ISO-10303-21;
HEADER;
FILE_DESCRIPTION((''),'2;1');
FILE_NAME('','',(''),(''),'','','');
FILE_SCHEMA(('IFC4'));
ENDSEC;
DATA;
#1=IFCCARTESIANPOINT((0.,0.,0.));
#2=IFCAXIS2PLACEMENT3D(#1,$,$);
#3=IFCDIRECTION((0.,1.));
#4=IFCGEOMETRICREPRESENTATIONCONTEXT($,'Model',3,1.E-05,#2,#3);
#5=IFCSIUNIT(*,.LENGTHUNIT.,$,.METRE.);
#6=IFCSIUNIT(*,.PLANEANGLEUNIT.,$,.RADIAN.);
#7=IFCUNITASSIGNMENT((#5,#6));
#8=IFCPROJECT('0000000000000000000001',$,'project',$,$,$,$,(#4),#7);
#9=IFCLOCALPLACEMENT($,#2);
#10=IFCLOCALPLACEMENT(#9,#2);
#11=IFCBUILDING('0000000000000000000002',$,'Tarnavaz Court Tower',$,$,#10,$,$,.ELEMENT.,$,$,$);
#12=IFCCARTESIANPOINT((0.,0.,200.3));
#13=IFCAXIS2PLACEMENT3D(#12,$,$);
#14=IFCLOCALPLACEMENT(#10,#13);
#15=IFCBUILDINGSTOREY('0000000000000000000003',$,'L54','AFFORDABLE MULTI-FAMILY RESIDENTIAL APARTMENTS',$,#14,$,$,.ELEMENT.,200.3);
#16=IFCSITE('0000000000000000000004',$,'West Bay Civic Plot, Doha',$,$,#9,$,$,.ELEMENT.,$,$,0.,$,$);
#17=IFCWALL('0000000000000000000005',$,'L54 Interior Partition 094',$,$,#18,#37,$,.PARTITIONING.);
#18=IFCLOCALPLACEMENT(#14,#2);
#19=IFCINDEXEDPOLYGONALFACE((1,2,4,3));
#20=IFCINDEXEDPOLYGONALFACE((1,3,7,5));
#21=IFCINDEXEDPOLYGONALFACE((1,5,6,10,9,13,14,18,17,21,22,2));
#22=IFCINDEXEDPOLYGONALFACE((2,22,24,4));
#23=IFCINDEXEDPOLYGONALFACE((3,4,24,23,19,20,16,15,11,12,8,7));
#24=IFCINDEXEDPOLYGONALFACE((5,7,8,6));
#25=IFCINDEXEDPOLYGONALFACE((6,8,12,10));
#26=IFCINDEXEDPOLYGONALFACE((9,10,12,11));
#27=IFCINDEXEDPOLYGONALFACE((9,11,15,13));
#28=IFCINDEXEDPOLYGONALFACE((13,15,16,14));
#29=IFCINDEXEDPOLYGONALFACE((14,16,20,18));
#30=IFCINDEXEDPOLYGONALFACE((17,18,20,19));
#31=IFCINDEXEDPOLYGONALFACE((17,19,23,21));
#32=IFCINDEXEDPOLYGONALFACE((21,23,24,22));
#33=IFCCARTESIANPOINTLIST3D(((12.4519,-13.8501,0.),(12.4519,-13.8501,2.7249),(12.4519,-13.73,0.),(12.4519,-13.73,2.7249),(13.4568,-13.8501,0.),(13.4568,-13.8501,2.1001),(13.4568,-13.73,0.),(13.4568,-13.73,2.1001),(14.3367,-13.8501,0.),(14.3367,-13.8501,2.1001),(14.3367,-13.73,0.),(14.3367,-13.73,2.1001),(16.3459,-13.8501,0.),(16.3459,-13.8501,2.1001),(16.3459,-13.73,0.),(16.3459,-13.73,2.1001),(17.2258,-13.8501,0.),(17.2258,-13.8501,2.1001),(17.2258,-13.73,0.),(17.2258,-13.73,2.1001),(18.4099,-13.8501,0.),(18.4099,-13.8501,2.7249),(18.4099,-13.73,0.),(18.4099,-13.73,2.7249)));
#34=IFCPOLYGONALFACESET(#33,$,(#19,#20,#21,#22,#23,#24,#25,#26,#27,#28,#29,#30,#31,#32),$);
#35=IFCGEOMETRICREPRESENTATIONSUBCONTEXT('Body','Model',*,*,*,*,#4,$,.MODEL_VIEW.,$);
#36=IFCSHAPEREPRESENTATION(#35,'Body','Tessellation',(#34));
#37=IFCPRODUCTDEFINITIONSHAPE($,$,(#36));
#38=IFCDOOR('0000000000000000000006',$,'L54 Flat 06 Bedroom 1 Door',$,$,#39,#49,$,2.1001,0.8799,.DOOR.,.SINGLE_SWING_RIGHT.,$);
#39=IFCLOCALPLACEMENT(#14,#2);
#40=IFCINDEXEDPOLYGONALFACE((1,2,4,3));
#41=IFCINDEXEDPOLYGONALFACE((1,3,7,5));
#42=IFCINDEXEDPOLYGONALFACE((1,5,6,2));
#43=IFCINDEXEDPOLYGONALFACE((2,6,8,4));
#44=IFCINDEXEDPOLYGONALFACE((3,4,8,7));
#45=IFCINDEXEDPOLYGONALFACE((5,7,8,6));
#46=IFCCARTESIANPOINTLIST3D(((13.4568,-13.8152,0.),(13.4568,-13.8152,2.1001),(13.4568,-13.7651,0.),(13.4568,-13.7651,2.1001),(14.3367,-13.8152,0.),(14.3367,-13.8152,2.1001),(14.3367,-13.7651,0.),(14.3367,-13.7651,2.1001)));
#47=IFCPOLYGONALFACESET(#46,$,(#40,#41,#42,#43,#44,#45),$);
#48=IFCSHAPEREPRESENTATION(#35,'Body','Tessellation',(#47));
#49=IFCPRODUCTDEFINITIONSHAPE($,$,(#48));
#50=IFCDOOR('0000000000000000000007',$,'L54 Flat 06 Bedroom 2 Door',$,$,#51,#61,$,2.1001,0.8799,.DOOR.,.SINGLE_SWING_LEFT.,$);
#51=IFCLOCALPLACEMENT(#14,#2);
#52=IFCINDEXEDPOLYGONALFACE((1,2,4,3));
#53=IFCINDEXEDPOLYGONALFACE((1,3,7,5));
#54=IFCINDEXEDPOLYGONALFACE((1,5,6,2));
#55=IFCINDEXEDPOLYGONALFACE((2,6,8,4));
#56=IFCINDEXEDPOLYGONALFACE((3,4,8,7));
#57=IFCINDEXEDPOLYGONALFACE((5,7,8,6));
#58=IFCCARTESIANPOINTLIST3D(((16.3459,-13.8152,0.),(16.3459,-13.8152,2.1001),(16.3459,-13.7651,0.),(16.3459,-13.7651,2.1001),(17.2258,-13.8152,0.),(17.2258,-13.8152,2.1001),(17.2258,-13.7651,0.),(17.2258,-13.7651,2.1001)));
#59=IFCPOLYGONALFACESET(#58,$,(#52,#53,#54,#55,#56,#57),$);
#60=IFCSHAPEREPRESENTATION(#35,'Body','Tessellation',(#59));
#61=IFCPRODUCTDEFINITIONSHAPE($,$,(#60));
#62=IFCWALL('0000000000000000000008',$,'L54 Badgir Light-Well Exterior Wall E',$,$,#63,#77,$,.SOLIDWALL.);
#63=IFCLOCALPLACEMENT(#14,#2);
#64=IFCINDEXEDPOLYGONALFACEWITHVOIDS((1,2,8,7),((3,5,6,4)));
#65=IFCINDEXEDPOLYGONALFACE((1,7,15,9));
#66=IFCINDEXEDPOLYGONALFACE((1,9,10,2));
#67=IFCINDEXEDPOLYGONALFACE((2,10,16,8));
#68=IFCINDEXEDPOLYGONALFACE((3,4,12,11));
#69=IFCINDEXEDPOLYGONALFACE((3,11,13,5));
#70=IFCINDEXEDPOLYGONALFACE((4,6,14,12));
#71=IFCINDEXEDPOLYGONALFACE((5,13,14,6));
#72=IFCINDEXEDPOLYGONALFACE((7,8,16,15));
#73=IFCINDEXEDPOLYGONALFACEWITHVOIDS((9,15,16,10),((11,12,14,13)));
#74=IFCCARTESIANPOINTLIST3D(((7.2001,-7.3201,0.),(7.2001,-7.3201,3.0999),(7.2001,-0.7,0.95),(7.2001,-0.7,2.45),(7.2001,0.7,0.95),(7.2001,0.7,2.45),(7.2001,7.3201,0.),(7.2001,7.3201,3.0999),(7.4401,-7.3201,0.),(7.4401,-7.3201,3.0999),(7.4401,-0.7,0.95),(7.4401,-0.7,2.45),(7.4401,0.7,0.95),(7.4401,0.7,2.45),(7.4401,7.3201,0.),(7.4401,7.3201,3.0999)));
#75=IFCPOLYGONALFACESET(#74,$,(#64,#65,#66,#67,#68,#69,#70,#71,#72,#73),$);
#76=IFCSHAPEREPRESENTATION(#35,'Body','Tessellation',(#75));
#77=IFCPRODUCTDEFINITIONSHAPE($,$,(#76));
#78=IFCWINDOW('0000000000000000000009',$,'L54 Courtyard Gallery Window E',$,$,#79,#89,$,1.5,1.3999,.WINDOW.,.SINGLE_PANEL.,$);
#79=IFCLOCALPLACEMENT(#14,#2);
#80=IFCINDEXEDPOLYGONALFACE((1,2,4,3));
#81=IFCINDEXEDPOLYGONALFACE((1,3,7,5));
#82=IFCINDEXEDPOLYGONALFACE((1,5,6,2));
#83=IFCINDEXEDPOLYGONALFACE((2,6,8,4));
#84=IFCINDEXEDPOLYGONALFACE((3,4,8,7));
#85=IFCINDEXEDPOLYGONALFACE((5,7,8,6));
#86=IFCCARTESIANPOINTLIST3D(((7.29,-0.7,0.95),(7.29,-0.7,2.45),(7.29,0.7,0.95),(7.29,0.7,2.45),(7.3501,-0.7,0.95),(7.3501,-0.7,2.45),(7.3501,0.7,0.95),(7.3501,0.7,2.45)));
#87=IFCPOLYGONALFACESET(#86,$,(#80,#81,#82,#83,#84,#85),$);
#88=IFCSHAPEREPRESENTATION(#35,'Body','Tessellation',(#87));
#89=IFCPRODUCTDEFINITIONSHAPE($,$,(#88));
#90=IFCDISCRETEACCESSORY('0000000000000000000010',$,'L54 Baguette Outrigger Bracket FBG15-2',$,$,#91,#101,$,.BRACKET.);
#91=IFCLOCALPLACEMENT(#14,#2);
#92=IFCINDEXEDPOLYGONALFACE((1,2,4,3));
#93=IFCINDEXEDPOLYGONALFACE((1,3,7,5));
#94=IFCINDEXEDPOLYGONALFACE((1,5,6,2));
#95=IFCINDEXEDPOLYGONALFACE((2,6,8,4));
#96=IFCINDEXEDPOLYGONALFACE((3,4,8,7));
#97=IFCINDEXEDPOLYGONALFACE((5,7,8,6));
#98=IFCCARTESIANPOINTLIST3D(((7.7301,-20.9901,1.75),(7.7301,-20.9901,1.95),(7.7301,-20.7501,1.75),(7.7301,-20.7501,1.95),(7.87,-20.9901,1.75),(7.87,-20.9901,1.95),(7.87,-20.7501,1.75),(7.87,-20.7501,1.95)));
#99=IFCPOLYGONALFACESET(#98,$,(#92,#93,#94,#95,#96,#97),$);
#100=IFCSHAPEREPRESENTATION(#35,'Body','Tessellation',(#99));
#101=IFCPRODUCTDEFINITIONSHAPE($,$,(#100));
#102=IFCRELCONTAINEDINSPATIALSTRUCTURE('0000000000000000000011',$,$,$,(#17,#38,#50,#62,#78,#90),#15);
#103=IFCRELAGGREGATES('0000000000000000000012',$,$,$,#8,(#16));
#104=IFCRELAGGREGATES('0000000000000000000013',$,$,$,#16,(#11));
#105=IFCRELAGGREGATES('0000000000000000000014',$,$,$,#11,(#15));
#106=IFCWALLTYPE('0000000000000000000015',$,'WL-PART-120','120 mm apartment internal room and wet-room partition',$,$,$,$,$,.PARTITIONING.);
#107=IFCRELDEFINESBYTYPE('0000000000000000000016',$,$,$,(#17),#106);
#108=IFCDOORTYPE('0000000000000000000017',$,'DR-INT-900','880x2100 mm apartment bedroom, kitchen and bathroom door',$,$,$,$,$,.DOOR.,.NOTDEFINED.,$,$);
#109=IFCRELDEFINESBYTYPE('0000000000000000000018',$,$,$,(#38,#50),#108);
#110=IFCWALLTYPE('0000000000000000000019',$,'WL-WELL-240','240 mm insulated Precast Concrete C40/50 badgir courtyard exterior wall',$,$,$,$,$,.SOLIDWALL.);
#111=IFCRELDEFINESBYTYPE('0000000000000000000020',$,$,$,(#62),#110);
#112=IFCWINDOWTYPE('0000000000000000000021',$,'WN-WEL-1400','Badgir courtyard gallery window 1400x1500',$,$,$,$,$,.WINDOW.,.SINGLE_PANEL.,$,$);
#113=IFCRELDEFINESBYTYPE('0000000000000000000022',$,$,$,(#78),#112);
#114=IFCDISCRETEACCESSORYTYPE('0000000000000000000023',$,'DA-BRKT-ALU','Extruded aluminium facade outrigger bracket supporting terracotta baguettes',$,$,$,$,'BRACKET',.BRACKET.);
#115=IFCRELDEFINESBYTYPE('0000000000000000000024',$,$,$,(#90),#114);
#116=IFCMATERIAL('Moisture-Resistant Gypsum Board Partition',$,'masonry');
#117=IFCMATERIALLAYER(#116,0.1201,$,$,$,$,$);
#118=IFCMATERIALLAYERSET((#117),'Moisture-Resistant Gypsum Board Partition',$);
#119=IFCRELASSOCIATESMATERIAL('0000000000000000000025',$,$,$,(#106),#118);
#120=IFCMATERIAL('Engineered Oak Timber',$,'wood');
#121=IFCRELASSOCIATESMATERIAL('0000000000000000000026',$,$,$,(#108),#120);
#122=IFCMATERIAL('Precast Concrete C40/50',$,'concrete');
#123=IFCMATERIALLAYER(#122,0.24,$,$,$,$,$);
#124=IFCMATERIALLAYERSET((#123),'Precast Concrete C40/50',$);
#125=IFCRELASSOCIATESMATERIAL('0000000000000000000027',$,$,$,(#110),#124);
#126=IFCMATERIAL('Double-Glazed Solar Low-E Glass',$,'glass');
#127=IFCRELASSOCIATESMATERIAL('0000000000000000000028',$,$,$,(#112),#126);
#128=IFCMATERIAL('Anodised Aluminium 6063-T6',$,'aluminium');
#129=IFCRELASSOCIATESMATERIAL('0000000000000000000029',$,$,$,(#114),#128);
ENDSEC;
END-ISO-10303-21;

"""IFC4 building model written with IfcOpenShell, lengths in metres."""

from ifc_helpers import new_model, si_unit, direction, frame, frame_2d, origin, origin_2d, place, context, subcontext, project, spatial, rectangle, extrude, material, layer, layer_set, type_object, element, fill, save


model = new_model("IFC4")

# Units and contexts
model_context = context("Model", 3, precision=1e-05, world=origin(), true_north=direction((0.0, 1.0)))
body_context = subcontext(model_context, "Body", "Model", "MODEL_VIEW")
ifc_project = project(units=[si_unit("LENGTHUNIT", "METRE"), si_unit("PLANEANGLEUNIT", "RADIAN")], contexts=[model_context])

# Site, building, storey
site_placement = place(None, origin())
site = spatial("IfcSite", under=ifc_project, at=site_placement, Name="West Bay Civic Plot, Doha", CompositionType="ELEMENT", RefElevation=0.0)
building_placement = place(site_placement, origin())
building = spatial("IfcBuilding", under=site, at=building_placement, Name="Tarnavaz Court Tower", CompositionType="ELEMENT")
storey_placement = place(building_placement, frame((0.0, 0.0, 200.3)))
storey = spatial("IfcBuildingStorey", under=building, at=storey_placement, Name="L54", Description="AFFORDABLE MULTI-FAMILY RESIDENTIAL APARTMENTS", CompositionType="ELEMENT", Elevation=200.3)

# Shared definitions
ifc_material_1 = material(Name="Precast Concrete C40/50", Category="concrete")

# Wall, openings, doors
ifc_material_2 = material(Name="Moisture-Resistant Gypsum Board Partition", Category="masonry")
ifc_layer_1 = layer(ifc_material_2, 0.1201)
ifc_layer_set_1 = layer_set([ifc_layer_1], Name="Moisture-Resistant Gypsum Board Partition")
wall_type_1 = type_object("IfcWallType", Name="WL-PART-120", Description="120 mm apartment internal room and wet-room partition", PredefinedType="PARTITIONING", material=ifc_layer_set_1)
wall_1_placement = place(storey_placement, frame((12.4519, -13.79, 0.0), z_axis=(0.0, 0.0, 1.0), x_axis=(1.0, 0.0, 0.0)))
wall_1 = element("IfcWall", 1, at=wall_1_placement, inside=storey, type_object=wall_type_1, Name="L54 Interior Partition 094", PredefinedType="PARTITIONING", context=body_context, shape_type="SweptSolid", body=[
    extrude(rectangle(XDim=5.958, YDim=0.1201, at=frame_2d((2.979, 0.0))), origin(), (0.0, 0.0, 1.0), 2.7249),
])
opening_1_placement = place(wall_1_placement, frame((1.0049, 0.0, 0.0)))
opening_1 = element("IfcOpeningElement", 2, at=opening_1_placement, cuts=wall_1, PredefinedType="OPENING", context=body_context, shape_type="SweptSolid", body=[
    extrude(rectangle(XDim=0.8799, YDim=2.1001, at=frame_2d((0.4399, 1.05))), frame((0.0, 0.0701, 0.0), z_axis=(0.0, -1.0, 0.0), x_axis=(1.0, 0.0, 0.0)), (0.0, 0.0, 1.0), 0.1401),
])
opening_2_placement = place(wall_1_placement, frame((3.894, 0.0, 0.0)))
opening_2 = element("IfcOpeningElement", 3, at=opening_2_placement, cuts=wall_1, PredefinedType="OPENING", context=body_context, shape_type="SweptSolid", body=[
    extrude(rectangle(XDim=0.8799, YDim=2.1001, at=frame_2d((0.4399, 1.05))), frame((0.0, 0.0701, 0.0), z_axis=(0.0, -1.0, 0.0), x_axis=(1.0, 0.0, 0.0)), (0.0, 0.0, 1.0), 0.1401),
])
ifc_material_3 = material(Name="Engineered Oak Timber", Category="wood")
door_type_1 = type_object("IfcDoorType", Name="DR-INT-900", Description="880x2100 mm apartment bedroom, kitchen and bathroom door", OperationType="NOTDEFINED", PredefinedType="DOOR", material=ifc_material_3)
door_1_placement = place(opening_1_placement, origin())
door_1 = element("IfcDoor", 4, at=door_1_placement, inside=storey, type_object=door_type_1, Name="L54 Flat 06 Bedroom 1 Door", OperationType="SINGLE_SWING_RIGHT", OverallHeight=2.1001, OverallWidth=0.8799, PredefinedType="DOOR", context=body_context, shape_type="SweptSolid", body=[
    extrude(rectangle(XDim=0.8799, YDim=2.1001, at=frame_2d((0.4399, 1.05))), frame((0.0, 0.0249, 0.0), z_axis=(0.0, -1.0, 0.0), x_axis=(1.0, 0.0, 0.0)), (0.0, 0.0, 1.0), 0.05),
])
fill(opening_1, door_1)
door_2_placement = place(opening_2_placement, origin())
door_2 = element("IfcDoor", 5, at=door_2_placement, inside=storey, type_object=door_type_1, Name="L54 Flat 06 Bedroom 2 Door", OperationType="SINGLE_SWING_LEFT", OverallHeight=2.1001, OverallWidth=0.8799, PredefinedType="DOOR", context=body_context, shape_type="SweptSolid", body=[
    extrude(rectangle(XDim=0.8799, YDim=2.1001, at=frame_2d((0.4399, 1.05))), frame((0.0, 0.0249, 0.0), z_axis=(0.0, -1.0, 0.0), x_axis=(1.0, 0.0, 0.0)), (0.0, 0.0, 1.0), 0.05),
])
fill(opening_2, door_2)

# Wall, opening, window
ifc_layer_2 = layer(ifc_material_1, 0.24)
ifc_layer_set_2 = layer_set([ifc_layer_2], Name="Precast Concrete C40/50")
wall_type_2 = type_object("IfcWallType", Name="WL-WELL-240", Description="240 mm insulated Precast Concrete C40/50 badgir courtyard exterior wall", PredefinedType="SOLIDWALL", material=ifc_layer_set_2)
wall_2_placement = place(storey_placement, frame((7.3201, -7.3201, 0.0), z_axis=(0.0, 0.0, 1.0), x_axis=(0.0, 1.0, 0.0)))
wall_2 = element("IfcWall", 6, at=wall_2_placement, inside=storey, type_object=wall_type_2, Name="L54 Badgir Light-Well Exterior Wall E", PredefinedType="SOLIDWALL", context=body_context, shape_type="SweptSolid", body=[
    extrude(rectangle(XDim=14.6401, YDim=0.24, at=frame_2d((7.3201, 0.0))), origin(), (0.0, 0.0, 1.0), 3.0999),
])
opening_3_placement = place(wall_2_placement, frame((6.6201, 0.0, 0.95)))
opening_3 = element("IfcOpeningElement", 7, at=opening_3_placement, cuts=wall_2, PredefinedType="OPENING", context=body_context, shape_type="SweptSolid", body=[
    extrude(rectangle(XDim=1.3999, YDim=1.5, at=frame_2d((0.7, 0.75))), frame((0.0, 0.1299, 0.0), z_axis=(0.0, -1.0, 0.0), x_axis=(1.0, 0.0, 0.0)), (0.0, 0.0, 1.0), 0.26),
])
ifc_material_4 = material(Name="Double-Glazed Solar Low-E Glass", Category="glass")
window_type = type_object("IfcWindowType", Name="WN-WEL-1400", Description="Badgir courtyard gallery window 1400x1500", PartitioningType="SINGLE_PANEL", PredefinedType="WINDOW", material=ifc_material_4)
window_placement = place(opening_3_placement, origin())
window = element("IfcWindow", 8, at=window_placement, inside=storey, type_object=window_type, Name="L54 Courtyard Gallery Window E", OverallHeight=1.5, OverallWidth=1.3999, PartitioningType="SINGLE_PANEL", PredefinedType="WINDOW", context=body_context, shape_type="SweptSolid", body=[
    extrude(rectangle(XDim=1.3999, YDim=1.5, at=frame_2d((0.7, 0.75))), frame((0.0, 0.03, 0.0), z_axis=(0.0, -1.0, 0.0), x_axis=(1.0, 0.0, 0.0)), (0.0, 0.0, 1.0), 0.0601),
])
fill(opening_3, window)

# Discrete accessory
ifc_material_5 = material(Name="Anodised Aluminium 6063-T6", Category="aluminium")
discrete_accessory_type = type_object("IfcDiscreteAccessoryType", Name="DA-BRKT-ALU", Description="Extruded aluminium facade outrigger bracket supporting terracotta baguettes", ElementType="BRACKET", PredefinedType="BRACKET", material=ifc_material_5)
discrete_accessory_placement = place(storey_placement, frame((7.8, -20.8701, 1.75), z_axis=(0.0, 0.0, 1.0), x_axis=(-1.0, 0.0, 0.0)))
element("IfcDiscreteAccessory", 9, at=discrete_accessory_placement, inside=storey, type_object=discrete_accessory_type, Name="L54 Baguette Outrigger Bracket FBG15-2", PredefinedType="BRACKET", context=body_context, shape_type="SweptSolid", body=[
    extrude(rectangle(XDim=0.1399, YDim=0.24, at=origin_2d()), origin(), (0.0, 0.0, 1.0), 0.2),
])

save(model, "model.ifc")
